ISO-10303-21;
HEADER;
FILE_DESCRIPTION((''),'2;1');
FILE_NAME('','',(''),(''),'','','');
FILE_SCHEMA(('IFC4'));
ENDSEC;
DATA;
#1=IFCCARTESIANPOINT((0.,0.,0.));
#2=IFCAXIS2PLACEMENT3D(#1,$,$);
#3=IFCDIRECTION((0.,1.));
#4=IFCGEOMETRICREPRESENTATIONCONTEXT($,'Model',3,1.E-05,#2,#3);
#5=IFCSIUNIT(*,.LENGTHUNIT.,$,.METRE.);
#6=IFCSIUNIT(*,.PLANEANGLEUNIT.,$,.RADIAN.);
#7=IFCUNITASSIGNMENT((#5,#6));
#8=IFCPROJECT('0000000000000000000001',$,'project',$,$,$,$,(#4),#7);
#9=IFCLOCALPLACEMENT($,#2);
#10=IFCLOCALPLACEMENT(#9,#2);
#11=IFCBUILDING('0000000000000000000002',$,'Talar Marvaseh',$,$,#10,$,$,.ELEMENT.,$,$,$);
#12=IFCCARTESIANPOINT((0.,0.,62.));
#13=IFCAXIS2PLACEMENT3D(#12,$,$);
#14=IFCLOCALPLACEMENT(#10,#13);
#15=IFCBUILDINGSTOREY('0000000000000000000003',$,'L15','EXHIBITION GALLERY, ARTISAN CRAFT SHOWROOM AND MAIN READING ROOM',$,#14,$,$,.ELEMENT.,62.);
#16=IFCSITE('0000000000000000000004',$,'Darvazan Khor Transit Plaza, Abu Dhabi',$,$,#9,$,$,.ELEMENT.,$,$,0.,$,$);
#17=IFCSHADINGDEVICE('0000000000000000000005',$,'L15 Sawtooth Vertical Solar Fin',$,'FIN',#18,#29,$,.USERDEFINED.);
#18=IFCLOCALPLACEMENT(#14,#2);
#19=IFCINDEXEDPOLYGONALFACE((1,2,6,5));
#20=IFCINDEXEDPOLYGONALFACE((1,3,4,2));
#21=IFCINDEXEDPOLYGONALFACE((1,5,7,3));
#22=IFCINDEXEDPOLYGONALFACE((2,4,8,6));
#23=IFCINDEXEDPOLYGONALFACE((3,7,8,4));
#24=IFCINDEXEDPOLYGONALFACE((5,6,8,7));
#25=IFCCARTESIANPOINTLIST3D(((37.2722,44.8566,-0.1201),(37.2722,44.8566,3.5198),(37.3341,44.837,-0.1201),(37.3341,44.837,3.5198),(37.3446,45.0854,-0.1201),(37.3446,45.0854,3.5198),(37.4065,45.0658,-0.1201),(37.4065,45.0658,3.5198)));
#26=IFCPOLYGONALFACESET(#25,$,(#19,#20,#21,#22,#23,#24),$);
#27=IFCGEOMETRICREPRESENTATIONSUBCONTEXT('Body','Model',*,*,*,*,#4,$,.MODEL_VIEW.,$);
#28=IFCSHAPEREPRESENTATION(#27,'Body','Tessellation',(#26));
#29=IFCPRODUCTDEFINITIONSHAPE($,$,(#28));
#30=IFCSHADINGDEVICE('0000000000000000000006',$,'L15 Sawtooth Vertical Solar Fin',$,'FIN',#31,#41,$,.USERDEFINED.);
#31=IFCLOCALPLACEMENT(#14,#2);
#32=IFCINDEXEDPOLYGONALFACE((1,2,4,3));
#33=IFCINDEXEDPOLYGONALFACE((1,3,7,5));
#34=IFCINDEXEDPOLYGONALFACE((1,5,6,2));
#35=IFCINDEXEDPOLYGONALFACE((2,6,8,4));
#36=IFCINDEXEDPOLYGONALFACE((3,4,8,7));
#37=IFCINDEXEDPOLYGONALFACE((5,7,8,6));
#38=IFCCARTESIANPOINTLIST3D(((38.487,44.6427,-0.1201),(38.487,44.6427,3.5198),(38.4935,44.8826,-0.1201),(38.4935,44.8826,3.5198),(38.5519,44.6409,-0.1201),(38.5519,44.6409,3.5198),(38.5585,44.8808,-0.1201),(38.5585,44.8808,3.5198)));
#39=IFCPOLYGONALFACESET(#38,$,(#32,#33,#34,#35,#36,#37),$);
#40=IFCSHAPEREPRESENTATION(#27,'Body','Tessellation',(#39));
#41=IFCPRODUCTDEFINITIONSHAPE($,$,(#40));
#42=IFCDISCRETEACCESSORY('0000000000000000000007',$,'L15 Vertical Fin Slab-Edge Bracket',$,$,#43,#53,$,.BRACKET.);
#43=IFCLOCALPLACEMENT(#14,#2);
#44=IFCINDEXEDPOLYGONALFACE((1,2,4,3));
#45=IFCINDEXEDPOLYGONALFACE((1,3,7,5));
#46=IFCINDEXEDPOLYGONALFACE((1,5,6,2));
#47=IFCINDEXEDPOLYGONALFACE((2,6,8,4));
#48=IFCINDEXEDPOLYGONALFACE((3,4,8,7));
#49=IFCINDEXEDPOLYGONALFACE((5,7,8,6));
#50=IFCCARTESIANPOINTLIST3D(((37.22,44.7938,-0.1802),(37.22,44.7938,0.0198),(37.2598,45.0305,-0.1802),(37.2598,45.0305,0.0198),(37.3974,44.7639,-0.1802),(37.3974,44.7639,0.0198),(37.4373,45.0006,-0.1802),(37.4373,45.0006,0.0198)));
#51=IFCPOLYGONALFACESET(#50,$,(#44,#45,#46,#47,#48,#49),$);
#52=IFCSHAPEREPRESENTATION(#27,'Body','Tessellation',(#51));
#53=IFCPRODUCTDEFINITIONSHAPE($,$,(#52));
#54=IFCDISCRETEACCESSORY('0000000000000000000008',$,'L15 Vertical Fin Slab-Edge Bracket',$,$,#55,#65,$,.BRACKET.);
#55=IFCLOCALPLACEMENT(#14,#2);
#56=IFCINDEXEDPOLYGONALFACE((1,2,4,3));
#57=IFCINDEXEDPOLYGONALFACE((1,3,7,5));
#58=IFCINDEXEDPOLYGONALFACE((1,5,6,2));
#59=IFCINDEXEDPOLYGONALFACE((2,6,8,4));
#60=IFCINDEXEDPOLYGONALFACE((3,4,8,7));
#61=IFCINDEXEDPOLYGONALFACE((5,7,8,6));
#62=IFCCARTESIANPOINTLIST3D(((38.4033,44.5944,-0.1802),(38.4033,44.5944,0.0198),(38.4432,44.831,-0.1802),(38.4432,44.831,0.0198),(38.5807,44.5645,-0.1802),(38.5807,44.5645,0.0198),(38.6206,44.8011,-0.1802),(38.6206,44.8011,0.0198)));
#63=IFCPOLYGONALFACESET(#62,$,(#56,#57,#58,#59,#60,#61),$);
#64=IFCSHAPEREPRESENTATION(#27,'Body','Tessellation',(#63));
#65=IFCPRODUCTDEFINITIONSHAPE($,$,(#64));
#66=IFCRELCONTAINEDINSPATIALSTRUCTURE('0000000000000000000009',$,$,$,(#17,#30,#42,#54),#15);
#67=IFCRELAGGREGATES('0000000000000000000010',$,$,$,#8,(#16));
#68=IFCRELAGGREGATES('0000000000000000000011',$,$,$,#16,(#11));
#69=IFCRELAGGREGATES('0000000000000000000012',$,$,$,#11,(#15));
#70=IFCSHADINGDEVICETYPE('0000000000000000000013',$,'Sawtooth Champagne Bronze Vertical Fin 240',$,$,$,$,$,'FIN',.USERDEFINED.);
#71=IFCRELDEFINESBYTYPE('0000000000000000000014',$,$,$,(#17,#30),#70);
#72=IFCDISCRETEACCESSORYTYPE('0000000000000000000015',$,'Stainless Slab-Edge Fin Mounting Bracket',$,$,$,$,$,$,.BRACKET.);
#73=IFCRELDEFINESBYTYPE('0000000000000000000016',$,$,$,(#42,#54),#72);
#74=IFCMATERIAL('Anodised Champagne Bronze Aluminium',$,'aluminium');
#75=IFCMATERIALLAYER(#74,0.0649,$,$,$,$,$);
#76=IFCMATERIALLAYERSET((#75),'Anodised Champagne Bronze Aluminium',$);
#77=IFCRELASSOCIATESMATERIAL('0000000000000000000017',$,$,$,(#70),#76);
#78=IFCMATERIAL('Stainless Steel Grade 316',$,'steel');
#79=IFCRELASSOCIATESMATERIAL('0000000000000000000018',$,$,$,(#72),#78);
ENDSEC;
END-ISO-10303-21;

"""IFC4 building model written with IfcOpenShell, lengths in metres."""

from ifc_helpers import new_model, si_unit, direction, frame, origin, origin_2d, place, context, subcontext, project, spatial, rectangle, extrude, source, transform, mapped, material, layer, layer_set, type_object, type_shapes, element, save


model = new_model("IFC4")

# Units and contexts
model_context = context("Model", 3, precision=1e-05, world=origin(), true_north=direction((0.0, 1.0)))
body_context = subcontext(model_context, "Body", "Model", "MODEL_VIEW")
ifc_project = project(units=[si_unit("LENGTHUNIT", "METRE"), si_unit("PLANEANGLEUNIT", "RADIAN")], contexts=[model_context])

# Site, building, storey
site_placement = place(None, origin())
site = spatial("IfcSite", under=ifc_project, at=site_placement, Name="Darvazan Khor Transit Plaza, Abu Dhabi", CompositionType="ELEMENT", RefElevation=0.0)
building_placement = place(site_placement, origin())
building = spatial("IfcBuilding", under=site, at=building_placement, Name="Talar Marvaseh", CompositionType="ELEMENT")
storey_placement = place(building_placement, frame((0.0, 0.0, 62.0)))
storey = spatial("IfcBuildingStorey", under=building, at=storey_placement, Name="L15", Description="EXHIBITION GALLERY, ARTISAN CRAFT SHOWROOM AND MAIN READING ROOM", CompositionType="ELEMENT", Elevation=62.0)

# Shading devices
ifc_material_1 = material(Name="Anodised Champagne Bronze Aluminium", Category="aluminium")
ifc_layer_1 = layer(ifc_material_1, 0.0649)
ifc_layer_set_1 = layer_set([ifc_layer_1], Name="Anodised Champagne Bronze Aluminium")
shading_device_type = type_object("IfcShadingDeviceType", Name="Sawtooth Champagne Bronze Vertical Fin 240", ElementType="FIN", PredefinedType="USERDEFINED", material=ifc_layer_set_1)
shared_shape_1 = source(origin(), body_context, "Body", "SweptSolid", [
    extrude(rectangle(XDim=0.24, YDim=0.0649, at=origin_2d()), origin(), (0.0, 0.0, 1.0), 3.6399),
])
type_shapes(shading_device_type, [shared_shape_1])
for number, where, z_axis, x_axis, name in (
    (1, (37.3394, 44.9612, -0.1201), (0.0, 0.0, 1.0), (0.301871, 0.953349, 0.0), "L15 Sawtooth Vertical Solar Fin"),
    (2, (38.5227, 44.7617, -0.1201), (0.0, 0.0, 1.0), (0.027398, 0.999625, 0.0), "L15 Sawtooth Vertical Solar Fin"),
):
    element("IfcShadingDevice", number, at=place(storey_placement, frame(where, z_axis=z_axis, x_axis=x_axis)), inside=storey, type_object=shading_device_type, Name=name, ObjectType="FIN", PredefinedType="USERDEFINED", context=body_context, shape_type="MappedRepresentation", body=[
        mapped(shared_shape_1, transform((0.0, 0.0, 0.0), x_axis=(1.0, 0.0, 0.0), y_axis=(0.0, 1.0, 0.0), z_axis=(0.0, 0.0, 1.0), scale=1.0)),
    ])

# Discrete accessories
ifc_material_2 = material(Name="Stainless Steel Grade 316", Category="steel")
discrete_accessory_type = type_object("IfcDiscreteAccessoryType", Name="Stainless Slab-Edge Fin Mounting Bracket", PredefinedType="BRACKET", material=ifc_material_2)
shared_shape_2 = source(origin(), body_context, "Body", "SweptSolid", [
    extrude(rectangle(XDim=0.24, YDim=0.1799, at=origin_2d()), origin(), (0.0, 0.0, 1.0), 0.2),
])
type_shapes(discrete_accessory_type, [shared_shape_2])
for number, where, z_axis, x_axis, name in (
    (3, (37.3286, 44.8972, -0.1802), (0.0, 0.0, 1.0), (0.166252, 0.986083, 0.0), "L15 Vertical Fin Slab-Edge Bracket"),
    (4, (38.512, 44.6978, -0.1802), (0.0, 0.0, 1.0), (0.166252, 0.986083, 0.0), "L15 Vertical Fin Slab-Edge Bracket"),
):
    element("IfcDiscreteAccessory", number, at=place(storey_placement, frame(where, z_axis=z_axis, x_axis=x_axis)), inside=storey, type_object=discrete_accessory_type, Name=name, PredefinedType="BRACKET", context=body_context, shape_type="MappedRepresentation", body=[
        mapped(shared_shape_2, transform((0.0, 0.0, 0.0), x_axis=(1.0, 0.0, 0.0), y_axis=(0.0, 1.0, 0.0), z_axis=(0.0, 0.0, 1.0), scale=1.0)),
    ])

save(model, "model.ifc")
